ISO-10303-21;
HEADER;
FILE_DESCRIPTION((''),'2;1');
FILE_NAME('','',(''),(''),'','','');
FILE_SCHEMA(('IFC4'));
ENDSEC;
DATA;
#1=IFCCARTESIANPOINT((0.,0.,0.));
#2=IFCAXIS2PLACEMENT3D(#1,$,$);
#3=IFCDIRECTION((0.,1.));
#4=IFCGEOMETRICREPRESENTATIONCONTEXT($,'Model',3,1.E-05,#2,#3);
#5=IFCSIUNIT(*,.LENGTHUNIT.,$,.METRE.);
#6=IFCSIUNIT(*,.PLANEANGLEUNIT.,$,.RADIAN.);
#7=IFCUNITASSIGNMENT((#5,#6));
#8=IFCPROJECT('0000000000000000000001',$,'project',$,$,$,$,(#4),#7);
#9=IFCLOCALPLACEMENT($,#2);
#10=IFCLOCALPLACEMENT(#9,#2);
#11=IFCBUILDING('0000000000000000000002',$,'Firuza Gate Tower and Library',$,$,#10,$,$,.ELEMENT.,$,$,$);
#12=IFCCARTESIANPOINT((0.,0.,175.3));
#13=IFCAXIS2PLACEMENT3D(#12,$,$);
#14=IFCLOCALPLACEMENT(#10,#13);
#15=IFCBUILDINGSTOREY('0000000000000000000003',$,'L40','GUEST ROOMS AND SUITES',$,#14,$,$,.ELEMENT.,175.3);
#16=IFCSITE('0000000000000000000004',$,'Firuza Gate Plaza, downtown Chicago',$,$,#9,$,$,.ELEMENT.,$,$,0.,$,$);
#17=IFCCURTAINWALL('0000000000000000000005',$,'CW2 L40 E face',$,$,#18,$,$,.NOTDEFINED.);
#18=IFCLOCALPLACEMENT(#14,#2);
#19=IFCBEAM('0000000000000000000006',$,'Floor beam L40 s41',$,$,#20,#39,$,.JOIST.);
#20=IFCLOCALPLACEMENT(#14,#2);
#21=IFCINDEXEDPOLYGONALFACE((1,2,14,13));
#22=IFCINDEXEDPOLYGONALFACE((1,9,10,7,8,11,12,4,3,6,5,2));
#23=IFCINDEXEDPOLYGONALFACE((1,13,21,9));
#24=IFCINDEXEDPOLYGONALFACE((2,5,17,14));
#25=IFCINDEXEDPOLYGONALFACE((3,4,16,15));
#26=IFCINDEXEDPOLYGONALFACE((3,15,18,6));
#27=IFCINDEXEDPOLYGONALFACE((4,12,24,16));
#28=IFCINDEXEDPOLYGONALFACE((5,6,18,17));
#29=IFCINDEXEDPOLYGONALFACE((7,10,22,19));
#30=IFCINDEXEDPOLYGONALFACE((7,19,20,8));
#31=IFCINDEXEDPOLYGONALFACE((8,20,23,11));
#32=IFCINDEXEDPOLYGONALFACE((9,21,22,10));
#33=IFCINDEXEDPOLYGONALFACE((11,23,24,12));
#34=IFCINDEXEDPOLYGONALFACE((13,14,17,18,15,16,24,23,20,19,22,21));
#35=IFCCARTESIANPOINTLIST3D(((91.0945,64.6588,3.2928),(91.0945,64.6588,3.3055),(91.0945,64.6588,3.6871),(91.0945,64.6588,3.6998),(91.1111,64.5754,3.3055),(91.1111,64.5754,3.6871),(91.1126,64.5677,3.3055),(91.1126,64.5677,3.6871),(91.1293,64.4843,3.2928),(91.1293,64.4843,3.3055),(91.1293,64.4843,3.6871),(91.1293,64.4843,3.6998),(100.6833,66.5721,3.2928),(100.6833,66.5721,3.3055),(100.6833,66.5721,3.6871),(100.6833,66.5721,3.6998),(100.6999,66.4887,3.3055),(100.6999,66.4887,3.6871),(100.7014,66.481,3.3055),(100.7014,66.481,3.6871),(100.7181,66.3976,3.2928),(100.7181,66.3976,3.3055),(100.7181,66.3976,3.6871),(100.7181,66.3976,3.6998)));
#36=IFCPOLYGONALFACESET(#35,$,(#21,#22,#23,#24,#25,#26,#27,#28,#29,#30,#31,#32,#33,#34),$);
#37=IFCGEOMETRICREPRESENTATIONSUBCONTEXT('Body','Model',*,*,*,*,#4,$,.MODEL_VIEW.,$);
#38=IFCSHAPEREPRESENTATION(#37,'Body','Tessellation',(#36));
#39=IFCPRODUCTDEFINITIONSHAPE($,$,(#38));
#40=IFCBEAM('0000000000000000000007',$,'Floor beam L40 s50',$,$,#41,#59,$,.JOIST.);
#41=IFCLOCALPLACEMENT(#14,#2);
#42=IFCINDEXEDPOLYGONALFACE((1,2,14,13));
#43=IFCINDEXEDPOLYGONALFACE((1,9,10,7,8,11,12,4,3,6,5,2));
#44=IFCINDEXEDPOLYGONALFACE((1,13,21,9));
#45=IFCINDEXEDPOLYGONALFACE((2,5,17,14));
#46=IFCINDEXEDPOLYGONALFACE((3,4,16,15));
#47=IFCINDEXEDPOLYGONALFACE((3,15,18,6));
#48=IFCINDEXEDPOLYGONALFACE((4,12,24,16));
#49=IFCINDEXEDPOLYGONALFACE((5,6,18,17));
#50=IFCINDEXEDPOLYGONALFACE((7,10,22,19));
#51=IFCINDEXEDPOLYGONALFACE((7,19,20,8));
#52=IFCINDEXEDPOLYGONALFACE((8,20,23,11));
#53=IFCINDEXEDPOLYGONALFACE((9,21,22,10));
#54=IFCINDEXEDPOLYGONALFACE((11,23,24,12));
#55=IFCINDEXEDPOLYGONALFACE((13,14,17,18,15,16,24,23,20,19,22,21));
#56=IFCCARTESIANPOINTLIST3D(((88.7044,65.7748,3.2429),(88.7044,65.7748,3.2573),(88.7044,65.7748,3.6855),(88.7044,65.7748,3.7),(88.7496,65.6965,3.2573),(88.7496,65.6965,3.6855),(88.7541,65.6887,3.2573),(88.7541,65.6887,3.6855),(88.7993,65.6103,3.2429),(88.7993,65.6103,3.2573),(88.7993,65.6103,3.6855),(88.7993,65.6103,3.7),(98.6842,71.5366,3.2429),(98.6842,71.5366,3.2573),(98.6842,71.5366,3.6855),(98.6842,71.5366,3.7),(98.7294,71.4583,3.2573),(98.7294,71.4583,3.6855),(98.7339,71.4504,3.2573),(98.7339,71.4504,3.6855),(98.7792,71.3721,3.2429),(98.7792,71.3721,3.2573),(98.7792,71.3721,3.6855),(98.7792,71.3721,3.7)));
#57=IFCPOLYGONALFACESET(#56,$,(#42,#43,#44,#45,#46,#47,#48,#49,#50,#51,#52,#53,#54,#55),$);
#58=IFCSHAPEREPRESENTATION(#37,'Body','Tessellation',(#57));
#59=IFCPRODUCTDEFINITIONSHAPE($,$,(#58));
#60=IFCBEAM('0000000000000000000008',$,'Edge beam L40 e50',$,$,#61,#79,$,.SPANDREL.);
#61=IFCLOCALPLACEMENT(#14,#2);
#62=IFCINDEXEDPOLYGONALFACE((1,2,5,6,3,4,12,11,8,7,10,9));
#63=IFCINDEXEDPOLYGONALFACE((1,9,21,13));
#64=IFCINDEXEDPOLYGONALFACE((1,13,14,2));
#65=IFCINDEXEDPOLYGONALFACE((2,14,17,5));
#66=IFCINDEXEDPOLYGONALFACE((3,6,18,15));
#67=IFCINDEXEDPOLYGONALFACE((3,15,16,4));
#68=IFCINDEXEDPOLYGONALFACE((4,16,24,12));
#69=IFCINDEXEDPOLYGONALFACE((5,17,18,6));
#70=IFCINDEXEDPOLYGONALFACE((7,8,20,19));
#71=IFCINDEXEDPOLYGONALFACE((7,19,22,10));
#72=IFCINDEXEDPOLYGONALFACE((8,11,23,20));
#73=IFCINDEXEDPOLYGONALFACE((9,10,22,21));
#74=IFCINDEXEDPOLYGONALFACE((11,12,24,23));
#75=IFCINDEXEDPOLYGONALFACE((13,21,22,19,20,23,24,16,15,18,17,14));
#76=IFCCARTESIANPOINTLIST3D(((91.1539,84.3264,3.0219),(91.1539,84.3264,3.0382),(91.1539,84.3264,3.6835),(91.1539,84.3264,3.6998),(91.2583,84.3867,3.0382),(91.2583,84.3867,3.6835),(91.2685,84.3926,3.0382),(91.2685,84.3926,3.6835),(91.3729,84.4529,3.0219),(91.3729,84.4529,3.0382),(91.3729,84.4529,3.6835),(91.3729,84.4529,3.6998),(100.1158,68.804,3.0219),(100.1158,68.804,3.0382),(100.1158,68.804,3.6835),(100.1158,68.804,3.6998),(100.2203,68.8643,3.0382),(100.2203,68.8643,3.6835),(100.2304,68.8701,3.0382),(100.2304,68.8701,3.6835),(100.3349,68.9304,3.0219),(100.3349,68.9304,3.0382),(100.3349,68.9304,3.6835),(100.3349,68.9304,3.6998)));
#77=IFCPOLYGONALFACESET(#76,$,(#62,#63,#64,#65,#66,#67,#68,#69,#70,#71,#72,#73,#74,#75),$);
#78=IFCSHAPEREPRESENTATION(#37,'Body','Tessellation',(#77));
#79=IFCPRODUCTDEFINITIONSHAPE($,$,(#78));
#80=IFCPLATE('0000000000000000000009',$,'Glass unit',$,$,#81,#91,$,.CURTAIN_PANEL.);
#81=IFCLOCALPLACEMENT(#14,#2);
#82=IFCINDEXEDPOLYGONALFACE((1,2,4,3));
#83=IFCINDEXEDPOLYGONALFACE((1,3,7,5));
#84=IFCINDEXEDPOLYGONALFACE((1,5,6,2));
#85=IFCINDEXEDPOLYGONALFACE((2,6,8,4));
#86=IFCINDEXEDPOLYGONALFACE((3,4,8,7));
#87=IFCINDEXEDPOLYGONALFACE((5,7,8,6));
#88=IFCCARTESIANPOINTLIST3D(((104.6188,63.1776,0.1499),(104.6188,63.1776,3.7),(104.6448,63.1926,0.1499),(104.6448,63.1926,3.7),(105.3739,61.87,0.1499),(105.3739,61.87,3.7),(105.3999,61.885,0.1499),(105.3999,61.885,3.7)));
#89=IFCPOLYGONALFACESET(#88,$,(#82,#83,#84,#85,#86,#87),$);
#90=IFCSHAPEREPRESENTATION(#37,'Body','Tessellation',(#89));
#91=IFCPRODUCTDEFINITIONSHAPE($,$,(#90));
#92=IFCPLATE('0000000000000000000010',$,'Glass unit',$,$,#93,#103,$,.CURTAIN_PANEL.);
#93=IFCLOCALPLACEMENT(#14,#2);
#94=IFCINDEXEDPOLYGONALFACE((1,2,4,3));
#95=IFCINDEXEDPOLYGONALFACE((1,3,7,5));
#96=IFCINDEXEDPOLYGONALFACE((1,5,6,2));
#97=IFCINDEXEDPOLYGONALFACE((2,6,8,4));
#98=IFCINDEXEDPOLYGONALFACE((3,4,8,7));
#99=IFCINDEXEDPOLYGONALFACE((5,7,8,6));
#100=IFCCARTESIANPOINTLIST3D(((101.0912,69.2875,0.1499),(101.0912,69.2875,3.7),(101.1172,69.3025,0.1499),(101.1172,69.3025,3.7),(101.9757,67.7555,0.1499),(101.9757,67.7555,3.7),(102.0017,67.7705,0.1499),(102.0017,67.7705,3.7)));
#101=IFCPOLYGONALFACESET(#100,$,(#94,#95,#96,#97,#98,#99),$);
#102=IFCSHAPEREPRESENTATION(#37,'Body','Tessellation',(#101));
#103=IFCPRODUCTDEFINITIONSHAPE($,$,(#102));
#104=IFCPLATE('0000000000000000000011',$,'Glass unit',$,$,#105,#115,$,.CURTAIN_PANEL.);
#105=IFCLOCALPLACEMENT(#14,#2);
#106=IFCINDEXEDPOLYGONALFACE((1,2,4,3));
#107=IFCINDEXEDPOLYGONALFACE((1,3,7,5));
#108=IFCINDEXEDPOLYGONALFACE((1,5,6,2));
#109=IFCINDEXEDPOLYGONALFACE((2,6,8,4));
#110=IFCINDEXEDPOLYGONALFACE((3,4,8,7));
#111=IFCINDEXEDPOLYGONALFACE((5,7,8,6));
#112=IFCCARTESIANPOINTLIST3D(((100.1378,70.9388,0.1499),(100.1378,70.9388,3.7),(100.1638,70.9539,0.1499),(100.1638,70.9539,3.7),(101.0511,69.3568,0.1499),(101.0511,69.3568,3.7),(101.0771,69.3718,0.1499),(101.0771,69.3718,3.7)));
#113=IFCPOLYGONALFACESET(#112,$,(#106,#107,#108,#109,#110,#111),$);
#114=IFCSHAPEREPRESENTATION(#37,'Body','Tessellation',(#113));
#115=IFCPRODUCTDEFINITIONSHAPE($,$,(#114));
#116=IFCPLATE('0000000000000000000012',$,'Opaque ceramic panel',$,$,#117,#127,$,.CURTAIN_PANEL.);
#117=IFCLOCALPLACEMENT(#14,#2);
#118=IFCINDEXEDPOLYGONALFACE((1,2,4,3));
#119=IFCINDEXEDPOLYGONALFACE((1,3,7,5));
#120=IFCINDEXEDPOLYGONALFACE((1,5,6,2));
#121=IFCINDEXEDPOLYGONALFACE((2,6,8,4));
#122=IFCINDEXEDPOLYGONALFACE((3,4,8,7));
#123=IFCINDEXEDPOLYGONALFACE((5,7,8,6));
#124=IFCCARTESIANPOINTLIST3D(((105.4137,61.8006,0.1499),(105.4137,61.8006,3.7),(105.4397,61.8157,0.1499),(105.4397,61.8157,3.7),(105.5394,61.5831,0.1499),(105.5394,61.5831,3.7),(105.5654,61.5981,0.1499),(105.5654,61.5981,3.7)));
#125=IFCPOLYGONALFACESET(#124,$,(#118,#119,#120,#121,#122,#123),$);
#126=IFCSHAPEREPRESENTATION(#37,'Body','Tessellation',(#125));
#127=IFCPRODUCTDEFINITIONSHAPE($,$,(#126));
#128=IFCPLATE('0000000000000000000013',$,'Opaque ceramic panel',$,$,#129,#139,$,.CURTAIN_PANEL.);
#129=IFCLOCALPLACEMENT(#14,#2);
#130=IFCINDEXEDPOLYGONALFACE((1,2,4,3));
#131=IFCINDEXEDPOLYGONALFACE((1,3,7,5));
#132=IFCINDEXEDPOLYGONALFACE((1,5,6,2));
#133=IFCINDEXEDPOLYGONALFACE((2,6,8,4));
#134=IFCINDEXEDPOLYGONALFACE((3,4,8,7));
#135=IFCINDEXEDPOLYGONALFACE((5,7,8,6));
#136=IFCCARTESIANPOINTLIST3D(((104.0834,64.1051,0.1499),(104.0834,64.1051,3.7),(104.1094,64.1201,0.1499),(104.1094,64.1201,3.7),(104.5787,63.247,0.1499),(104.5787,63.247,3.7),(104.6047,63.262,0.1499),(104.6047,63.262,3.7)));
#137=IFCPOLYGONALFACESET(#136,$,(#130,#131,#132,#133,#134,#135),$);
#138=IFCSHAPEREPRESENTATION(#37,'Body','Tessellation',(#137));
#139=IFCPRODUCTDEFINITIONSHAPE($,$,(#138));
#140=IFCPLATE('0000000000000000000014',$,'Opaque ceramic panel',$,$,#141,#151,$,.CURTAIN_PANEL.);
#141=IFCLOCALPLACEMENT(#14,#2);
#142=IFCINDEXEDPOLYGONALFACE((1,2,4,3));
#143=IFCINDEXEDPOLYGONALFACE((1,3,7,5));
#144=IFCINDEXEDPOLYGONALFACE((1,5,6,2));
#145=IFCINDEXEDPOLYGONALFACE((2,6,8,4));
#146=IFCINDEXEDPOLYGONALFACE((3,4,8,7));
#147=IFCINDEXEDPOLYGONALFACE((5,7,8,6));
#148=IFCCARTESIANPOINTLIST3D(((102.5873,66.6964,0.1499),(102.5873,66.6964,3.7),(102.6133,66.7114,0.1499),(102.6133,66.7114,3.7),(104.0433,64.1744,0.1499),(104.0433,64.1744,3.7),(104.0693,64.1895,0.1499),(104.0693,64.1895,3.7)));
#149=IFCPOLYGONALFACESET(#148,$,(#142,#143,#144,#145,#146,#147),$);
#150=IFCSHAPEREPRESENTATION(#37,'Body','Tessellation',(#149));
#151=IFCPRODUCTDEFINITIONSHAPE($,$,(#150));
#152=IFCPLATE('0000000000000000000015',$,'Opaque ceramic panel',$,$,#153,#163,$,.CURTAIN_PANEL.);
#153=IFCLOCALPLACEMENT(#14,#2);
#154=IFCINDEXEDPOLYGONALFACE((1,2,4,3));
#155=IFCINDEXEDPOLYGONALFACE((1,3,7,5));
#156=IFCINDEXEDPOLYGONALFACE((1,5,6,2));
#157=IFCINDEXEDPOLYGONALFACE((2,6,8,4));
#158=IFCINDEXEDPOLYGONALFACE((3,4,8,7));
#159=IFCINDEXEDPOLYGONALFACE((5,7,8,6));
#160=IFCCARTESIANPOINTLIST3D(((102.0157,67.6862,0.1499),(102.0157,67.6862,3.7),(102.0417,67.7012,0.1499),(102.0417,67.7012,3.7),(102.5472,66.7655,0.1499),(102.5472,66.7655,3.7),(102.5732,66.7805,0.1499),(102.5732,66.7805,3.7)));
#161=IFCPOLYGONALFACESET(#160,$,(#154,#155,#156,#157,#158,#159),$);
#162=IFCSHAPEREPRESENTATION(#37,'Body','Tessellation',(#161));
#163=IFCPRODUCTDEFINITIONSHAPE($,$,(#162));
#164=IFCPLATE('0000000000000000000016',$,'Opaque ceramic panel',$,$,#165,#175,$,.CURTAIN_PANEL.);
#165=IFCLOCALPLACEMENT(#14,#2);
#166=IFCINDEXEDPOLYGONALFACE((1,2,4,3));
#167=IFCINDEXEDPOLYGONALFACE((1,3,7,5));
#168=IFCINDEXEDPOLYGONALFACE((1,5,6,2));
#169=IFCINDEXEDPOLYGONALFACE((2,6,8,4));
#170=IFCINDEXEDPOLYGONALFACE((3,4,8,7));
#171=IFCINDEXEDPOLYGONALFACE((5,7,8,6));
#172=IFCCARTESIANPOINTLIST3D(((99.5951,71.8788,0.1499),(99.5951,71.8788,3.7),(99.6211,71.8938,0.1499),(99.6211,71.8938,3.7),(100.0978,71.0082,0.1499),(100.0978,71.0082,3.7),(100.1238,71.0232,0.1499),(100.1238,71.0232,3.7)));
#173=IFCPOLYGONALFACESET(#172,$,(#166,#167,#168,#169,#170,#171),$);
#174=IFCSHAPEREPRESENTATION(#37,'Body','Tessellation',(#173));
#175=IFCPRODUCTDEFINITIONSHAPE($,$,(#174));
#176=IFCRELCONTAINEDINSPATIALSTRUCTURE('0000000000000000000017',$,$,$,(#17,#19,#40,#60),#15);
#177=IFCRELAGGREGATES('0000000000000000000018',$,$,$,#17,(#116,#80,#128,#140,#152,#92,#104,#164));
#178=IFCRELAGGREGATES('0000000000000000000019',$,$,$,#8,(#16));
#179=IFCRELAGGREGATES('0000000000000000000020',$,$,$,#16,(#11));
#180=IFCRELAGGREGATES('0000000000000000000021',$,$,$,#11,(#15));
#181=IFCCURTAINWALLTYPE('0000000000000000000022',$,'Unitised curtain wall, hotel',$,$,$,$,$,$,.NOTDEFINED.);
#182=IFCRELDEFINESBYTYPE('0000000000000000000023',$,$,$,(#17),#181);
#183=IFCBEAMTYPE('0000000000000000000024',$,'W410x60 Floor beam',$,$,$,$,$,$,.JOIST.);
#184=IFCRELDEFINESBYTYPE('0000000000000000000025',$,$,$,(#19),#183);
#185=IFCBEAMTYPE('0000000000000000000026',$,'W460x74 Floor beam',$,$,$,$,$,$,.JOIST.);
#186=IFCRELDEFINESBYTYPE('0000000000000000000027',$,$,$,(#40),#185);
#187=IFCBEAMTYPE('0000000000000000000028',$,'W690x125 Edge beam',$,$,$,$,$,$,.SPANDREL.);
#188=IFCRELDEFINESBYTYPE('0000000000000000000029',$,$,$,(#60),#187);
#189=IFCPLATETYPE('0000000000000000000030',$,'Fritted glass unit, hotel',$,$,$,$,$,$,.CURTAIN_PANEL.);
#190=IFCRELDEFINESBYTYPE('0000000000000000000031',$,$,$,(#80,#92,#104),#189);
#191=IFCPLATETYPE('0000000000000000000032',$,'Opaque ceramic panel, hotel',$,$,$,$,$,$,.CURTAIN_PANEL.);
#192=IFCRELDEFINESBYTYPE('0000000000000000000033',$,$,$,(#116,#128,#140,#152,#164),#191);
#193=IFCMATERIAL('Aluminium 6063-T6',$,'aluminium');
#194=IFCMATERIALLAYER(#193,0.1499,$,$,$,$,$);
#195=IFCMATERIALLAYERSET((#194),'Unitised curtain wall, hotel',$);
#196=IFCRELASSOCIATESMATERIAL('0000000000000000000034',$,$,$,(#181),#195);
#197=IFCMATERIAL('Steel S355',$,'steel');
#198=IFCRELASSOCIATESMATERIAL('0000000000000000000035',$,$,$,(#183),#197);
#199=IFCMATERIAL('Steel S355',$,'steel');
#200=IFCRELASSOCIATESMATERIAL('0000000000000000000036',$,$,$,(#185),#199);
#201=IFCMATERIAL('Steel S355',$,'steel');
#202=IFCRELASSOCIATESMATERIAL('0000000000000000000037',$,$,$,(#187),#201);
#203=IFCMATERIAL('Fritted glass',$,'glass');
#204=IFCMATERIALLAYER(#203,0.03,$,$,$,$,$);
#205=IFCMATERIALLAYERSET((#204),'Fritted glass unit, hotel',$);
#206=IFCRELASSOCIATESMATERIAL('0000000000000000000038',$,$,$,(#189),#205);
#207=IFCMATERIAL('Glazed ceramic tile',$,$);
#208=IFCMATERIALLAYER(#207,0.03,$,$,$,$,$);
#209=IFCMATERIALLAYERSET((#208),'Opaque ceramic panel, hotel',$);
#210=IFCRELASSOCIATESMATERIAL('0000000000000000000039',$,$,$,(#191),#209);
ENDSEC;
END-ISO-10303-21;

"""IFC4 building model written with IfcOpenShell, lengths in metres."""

from ifc_helpers import new_model, si_unit, direction, frame, origin, origin_2d, place, context, subcontext, project, spatial, polyline, i_section, outline, extrude, material, layer, layer_set, material_profile, profile_set, type_object, element, aggregate, save


model = new_model("IFC4")

# Units and contexts
model_context = context("Model", 3, precision=1e-05, world=origin(), true_north=direction((0.0, 1.0)))
body_context = subcontext(model_context, "Body", "Model", "MODEL_VIEW")
ifc_project = project(units=[si_unit("LENGTHUNIT", "METRE"), si_unit("PLANEANGLEUNIT", "RADIAN")], contexts=[model_context])

# Site, building, storey
site_placement = place(None, origin())
site = spatial("IfcSite", under=ifc_project, at=site_placement, Name="Firuza Gate Plaza, downtown Chicago", CompositionType="ELEMENT", RefElevation=0.0)
building_placement = place(site_placement, origin())
building = spatial("IfcBuilding", under=site, at=building_placement, Name="Firuza Gate Tower and Library", CompositionType="ELEMENT")
storey_placement = place(building_placement, frame((0.0, 0.0, 175.3)))
storey = spatial("IfcBuildingStorey", under=building, at=storey_placement, Name="L40", Description="GUEST ROOMS AND SUITES", CompositionType="ELEMENT", Elevation=175.3)

# Curtain wall
ifc_material_1 = material(Name="Aluminium 6063-T6", Category="aluminium")
ifc_layer_1 = layer(ifc_material_1, 0.1499)
ifc_layer_set_1 = layer_set([ifc_layer_1], Name="Unitised curtain wall, hotel")
curtain_wall_type = type_object("IfcCurtainWallType", Name="Unitised curtain wall, hotel", PredefinedType="NOTDEFINED", material=ifc_layer_set_1)
curtain_wall_placement = place(storey_placement, origin())
curtain_wall = element("IfcCurtainWall", 1, at=curtain_wall_placement, inside=storey, type_object=curtain_wall_type, Name="CW2 L40 E face", PredefinedType="NOTDEFINED")

# Beams
ifc_material_2 = material(Name="Steel S355", Category="steel")
ifc_material_profile_1 = material_profile(ifc_material_2, i_section(OverallWidth=0.178, OverallDepth=0.407, WebThickness=0.0078, FlangeThickness=0.0127, at=origin_2d()))
ifc_profile_set_1 = profile_set([ifc_material_profile_1], Name="Steel S355")
beam_type_1 = type_object("IfcBeamType", Name="W410x60 Floor beam", PredefinedType="JOIST", material=ifc_profile_set_1)
beam_1_placement = place(storey_placement, frame((100.7007, 66.4849, 3.4963), z_axis=(-0.980668, -0.195679, 0.0), x_axis=(0.195679, -0.980668, 0.0)))
element("IfcBeam", 2, at=beam_1_placement, inside=storey, type_object=beam_type_1, Name="Floor beam L40 s41", PredefinedType="JOIST", context=body_context, shape_type="SweptSolid", body=[
    extrude(i_section(OverallWidth=0.178, OverallDepth=0.407, WebThickness=0.0078, FlangeThickness=0.0127, at=origin_2d()), origin(), (0.0, 0.0, 1.0), 9.7778),
])
ifc_material_3 = material(Name="Steel S355", Category="steel")
ifc_material_profile_2 = material_profile(ifc_material_3, i_section(OverallWidth=0.1899, OverallDepth=0.457, WebThickness=0.009, FlangeThickness=0.0144, at=origin_2d()))
ifc_profile_set_2 = profile_set([ifc_material_profile_2], Name="Steel S355")
beam_type_2 = type_object("IfcBeamType", Name="W460x74 Floor beam", PredefinedType="JOIST", material=ifc_profile_set_2)
beam_2_placement = place(storey_placement, frame((98.7317, 71.4543, 3.4714), z_axis=(-0.866029, -0.499994, 0.0), x_axis=(0.499994, -0.866029, 0.0)))
element("IfcBeam", 3, at=beam_2_placement, inside=storey, type_object=beam_type_2, Name="Floor beam L40 s50", PredefinedType="JOIST", context=body_context, shape_type="SweptSolid", body=[
    extrude(i_section(OverallWidth=0.1899, OverallDepth=0.457, WebThickness=0.009, FlangeThickness=0.0144, at=origin_2d()), origin(), (0.0, 0.0, 1.0), 11.5237),
])
ifc_material_4 = material(Name="Steel S355", Category="steel")
ifc_material_profile_3 = material_profile(ifc_material_4, i_section(OverallWidth=0.2529, OverallDepth=0.678, WebThickness=0.0117, FlangeThickness=0.0164, at=origin_2d()))
ifc_profile_set_3 = profile_set([ifc_material_profile_3], Name="Steel S355")
beam_type_3 = type_object("IfcBeamType", Name="W690x125 Edge beam", PredefinedType="SPANDREL", material=ifc_profile_set_3)
beam_3_placement = place(storey_placement, frame((100.2253, 68.8672, 3.3608), z_axis=(-0.500001, 0.866025, 0.0), x_axis=(-0.866025, -0.500001, 0.0)))
element("IfcBeam", 4, at=beam_3_placement, inside=storey, type_object=beam_type_3, Name="Edge beam L40 e50", PredefinedType="SPANDREL", context=body_context, shape_type="SweptSolid", body=[
    extrude(i_section(OverallWidth=0.2529, OverallDepth=0.678, WebThickness=0.0117, FlangeThickness=0.0164, at=origin_2d()), origin(), (0.0, 0.0, 1.0), 17.9238),
])

# Plates
ifc_material_5 = material(Name="Fritted glass", Category="glass")
ifc_layer_2 = layer(ifc_material_5, 0.03)
ifc_layer_set_2 = layer_set([ifc_layer_2], Name="Fritted glass unit, hotel")
plate_type_1 = type_object("IfcPlateType", Name="Fritted glass unit, hotel", PredefinedType="CURTAIN_PANEL", material=ifc_layer_set_2)
plate_1_placement = place(storey_placement, frame((105.3999, 61.885, 0.1499), z_axis=(0.865976, 0.500086, 0.0), x_axis=(-0.500086, 0.865976, 0.0)))
plate_1 = element("IfcPlate", 5, at=plate_1_placement, type_object=plate_type_1, Name="Glass unit", PredefinedType="CURTAIN_PANEL", context=body_context, shape_type="SweptSolid", body=[
    extrude(outline(polyline([(0.0, 0.0), (1.51, 0.0), (1.51, 3.55), (0.0, 3.55), (0.0, 0.0)])), origin(), (0.0, 0.0, -1.0), 0.03),
])
plate_2_placement = place(storey_placement, frame((102.0017, 67.7705, 0.1499), z_axis=(0.866018, 0.500013, 0.0), x_axis=(-0.500013, 0.866018, 0.0)))
plate_2 = element("IfcPlate", 6, at=plate_2_placement, type_object=plate_type_1, Name="Glass unit", PredefinedType="CURTAIN_PANEL", context=body_context, shape_type="SweptSolid", body=[
    extrude(outline(polyline([(0.0, 0.0), (1.769, 0.0), (1.769, 3.55), (0.0, 3.55), (0.0, 0.0)])), origin(), (0.0, 0.0, -1.0), 0.03),
])
plate_3_placement = place(storey_placement, frame((101.0771, 69.3718, 0.1499), z_axis=(0.866039, 0.499977, 0.0), x_axis=(-0.499977, 0.866039, 0.0)))
plate_3 = element("IfcPlate", 7, at=plate_3_placement, type_object=plate_type_1, Name="Glass unit", PredefinedType="CURTAIN_PANEL", context=body_context, shape_type="SweptSolid", body=[
    extrude(outline(polyline([(0.0, 0.0), (1.8267, 0.0), (1.8267, 3.55), (0.0, 3.55), (0.0, 0.0)])), origin(), (0.0, 0.0, -1.0), 0.03),
])
ifc_material_6 = material(Name="Glazed ceramic tile")
ifc_layer_3 = layer(ifc_material_6, 0.03)
ifc_layer_set_3 = layer_set([ifc_layer_3], Name="Opaque ceramic panel, hotel")
plate_type_2 = type_object("IfcPlateType", Name="Opaque ceramic panel, hotel", PredefinedType="CURTAIN_PANEL", material=ifc_layer_set_3)
plate_4_placement = place(storey_placement, frame((105.5654, 61.5981, 0.1499), z_axis=(0.865781, 0.500423, 0.0), x_axis=(-0.500423, 0.865781, 0.0)))
plate_4 = element("IfcPlate", 8, at=plate_4_placement, type_object=plate_type_2, Name="Opaque ceramic panel", PredefinedType="CURTAIN_PANEL", context=body_context, shape_type="SweptSolid", body=[
    extrude(outline(polyline([(0.0, 0.0), (0.2513, 0.0), (0.2513, 3.55), (0.0, 3.55), (0.0, 0.0)])), origin(), (0.0, 0.0, -1.0), 0.03),
])
plate_5_placement = place(storey_placement, frame((104.6047, 63.262, 0.1499), z_axis=(0.866067, 0.499929, 0.0), x_axis=(-0.499929, 0.866067, 0.0)))
plate_5 = element("IfcPlate", 9, at=plate_5_placement, type_object=plate_type_2, Name="Opaque ceramic panel", PredefinedType="CURTAIN_PANEL", context=body_context, shape_type="SweptSolid", body=[
    extrude(outline(polyline([(0.0, 0.0), (0.9909, 0.0), (0.9909, 3.55), (0.0, 3.55), (0.0, 0.0)])), origin(), (0.0, 0.0, -1.0), 0.03),
])
plate_6_placement = place(storey_placement, frame((104.0693, 64.1895, 0.1499), z_axis=(0.866026, 0.499998, 0.0), x_axis=(-0.499998, 0.866026, 0.0)))
plate_6 = element("IfcPlate", 10, at=plate_6_placement, type_object=plate_type_2, Name="Opaque ceramic panel", PredefinedType="CURTAIN_PANEL", context=body_context, shape_type="SweptSolid", body=[
    extrude(outline(polyline([(0.0, 0.0), (2.9121, 0.0), (2.9121, 3.55), (0.0, 3.55), (0.0, 0.0)])), origin(), (0.0, 0.0, -1.0), 0.03),
])
plate_7_placement = place(storey_placement, frame((102.5732, 66.7805, 0.1499), z_axis=(0.866044, 0.499968, 0.0), x_axis=(-0.499968, 0.866044, 0.0)))
plate_7 = element("IfcPlate", 11, at=plate_7_placement, type_object=plate_type_2, Name="Opaque ceramic panel", PredefinedType="CURTAIN_PANEL", context=body_context, shape_type="SweptSolid", body=[
    extrude(outline(polyline([(0.0, 0.0), (1.0631, 0.0), (1.0631, 3.55), (0.0, 3.55), (0.0, 0.0)])), origin(), (0.0, 0.0, -1.0), 0.03),
])
plate_8_placement = place(storey_placement, frame((100.1238, 71.0232, 0.1499), z_axis=(0.866008, 0.500031, 0.0), x_axis=(-0.500031, 0.866008, 0.0)))
plate_8 = element("IfcPlate", 12, at=plate_8_placement, type_object=plate_type_2, Name="Opaque ceramic panel", PredefinedType="CURTAIN_PANEL", context=body_context, shape_type="SweptSolid", body=[
    extrude(outline(polyline([(0.0, 0.0), (1.0053, 0.0), (1.0053, 3.55), (0.0, 3.55), (0.0, 0.0)])), origin(), (0.0, 0.0, -1.0), 0.03),
])
aggregate(curtain_wall, [plate_4, plate_1, plate_5, plate_6, plate_7, plate_2, plate_3, plate_8])

save(model, "model.ifc")
